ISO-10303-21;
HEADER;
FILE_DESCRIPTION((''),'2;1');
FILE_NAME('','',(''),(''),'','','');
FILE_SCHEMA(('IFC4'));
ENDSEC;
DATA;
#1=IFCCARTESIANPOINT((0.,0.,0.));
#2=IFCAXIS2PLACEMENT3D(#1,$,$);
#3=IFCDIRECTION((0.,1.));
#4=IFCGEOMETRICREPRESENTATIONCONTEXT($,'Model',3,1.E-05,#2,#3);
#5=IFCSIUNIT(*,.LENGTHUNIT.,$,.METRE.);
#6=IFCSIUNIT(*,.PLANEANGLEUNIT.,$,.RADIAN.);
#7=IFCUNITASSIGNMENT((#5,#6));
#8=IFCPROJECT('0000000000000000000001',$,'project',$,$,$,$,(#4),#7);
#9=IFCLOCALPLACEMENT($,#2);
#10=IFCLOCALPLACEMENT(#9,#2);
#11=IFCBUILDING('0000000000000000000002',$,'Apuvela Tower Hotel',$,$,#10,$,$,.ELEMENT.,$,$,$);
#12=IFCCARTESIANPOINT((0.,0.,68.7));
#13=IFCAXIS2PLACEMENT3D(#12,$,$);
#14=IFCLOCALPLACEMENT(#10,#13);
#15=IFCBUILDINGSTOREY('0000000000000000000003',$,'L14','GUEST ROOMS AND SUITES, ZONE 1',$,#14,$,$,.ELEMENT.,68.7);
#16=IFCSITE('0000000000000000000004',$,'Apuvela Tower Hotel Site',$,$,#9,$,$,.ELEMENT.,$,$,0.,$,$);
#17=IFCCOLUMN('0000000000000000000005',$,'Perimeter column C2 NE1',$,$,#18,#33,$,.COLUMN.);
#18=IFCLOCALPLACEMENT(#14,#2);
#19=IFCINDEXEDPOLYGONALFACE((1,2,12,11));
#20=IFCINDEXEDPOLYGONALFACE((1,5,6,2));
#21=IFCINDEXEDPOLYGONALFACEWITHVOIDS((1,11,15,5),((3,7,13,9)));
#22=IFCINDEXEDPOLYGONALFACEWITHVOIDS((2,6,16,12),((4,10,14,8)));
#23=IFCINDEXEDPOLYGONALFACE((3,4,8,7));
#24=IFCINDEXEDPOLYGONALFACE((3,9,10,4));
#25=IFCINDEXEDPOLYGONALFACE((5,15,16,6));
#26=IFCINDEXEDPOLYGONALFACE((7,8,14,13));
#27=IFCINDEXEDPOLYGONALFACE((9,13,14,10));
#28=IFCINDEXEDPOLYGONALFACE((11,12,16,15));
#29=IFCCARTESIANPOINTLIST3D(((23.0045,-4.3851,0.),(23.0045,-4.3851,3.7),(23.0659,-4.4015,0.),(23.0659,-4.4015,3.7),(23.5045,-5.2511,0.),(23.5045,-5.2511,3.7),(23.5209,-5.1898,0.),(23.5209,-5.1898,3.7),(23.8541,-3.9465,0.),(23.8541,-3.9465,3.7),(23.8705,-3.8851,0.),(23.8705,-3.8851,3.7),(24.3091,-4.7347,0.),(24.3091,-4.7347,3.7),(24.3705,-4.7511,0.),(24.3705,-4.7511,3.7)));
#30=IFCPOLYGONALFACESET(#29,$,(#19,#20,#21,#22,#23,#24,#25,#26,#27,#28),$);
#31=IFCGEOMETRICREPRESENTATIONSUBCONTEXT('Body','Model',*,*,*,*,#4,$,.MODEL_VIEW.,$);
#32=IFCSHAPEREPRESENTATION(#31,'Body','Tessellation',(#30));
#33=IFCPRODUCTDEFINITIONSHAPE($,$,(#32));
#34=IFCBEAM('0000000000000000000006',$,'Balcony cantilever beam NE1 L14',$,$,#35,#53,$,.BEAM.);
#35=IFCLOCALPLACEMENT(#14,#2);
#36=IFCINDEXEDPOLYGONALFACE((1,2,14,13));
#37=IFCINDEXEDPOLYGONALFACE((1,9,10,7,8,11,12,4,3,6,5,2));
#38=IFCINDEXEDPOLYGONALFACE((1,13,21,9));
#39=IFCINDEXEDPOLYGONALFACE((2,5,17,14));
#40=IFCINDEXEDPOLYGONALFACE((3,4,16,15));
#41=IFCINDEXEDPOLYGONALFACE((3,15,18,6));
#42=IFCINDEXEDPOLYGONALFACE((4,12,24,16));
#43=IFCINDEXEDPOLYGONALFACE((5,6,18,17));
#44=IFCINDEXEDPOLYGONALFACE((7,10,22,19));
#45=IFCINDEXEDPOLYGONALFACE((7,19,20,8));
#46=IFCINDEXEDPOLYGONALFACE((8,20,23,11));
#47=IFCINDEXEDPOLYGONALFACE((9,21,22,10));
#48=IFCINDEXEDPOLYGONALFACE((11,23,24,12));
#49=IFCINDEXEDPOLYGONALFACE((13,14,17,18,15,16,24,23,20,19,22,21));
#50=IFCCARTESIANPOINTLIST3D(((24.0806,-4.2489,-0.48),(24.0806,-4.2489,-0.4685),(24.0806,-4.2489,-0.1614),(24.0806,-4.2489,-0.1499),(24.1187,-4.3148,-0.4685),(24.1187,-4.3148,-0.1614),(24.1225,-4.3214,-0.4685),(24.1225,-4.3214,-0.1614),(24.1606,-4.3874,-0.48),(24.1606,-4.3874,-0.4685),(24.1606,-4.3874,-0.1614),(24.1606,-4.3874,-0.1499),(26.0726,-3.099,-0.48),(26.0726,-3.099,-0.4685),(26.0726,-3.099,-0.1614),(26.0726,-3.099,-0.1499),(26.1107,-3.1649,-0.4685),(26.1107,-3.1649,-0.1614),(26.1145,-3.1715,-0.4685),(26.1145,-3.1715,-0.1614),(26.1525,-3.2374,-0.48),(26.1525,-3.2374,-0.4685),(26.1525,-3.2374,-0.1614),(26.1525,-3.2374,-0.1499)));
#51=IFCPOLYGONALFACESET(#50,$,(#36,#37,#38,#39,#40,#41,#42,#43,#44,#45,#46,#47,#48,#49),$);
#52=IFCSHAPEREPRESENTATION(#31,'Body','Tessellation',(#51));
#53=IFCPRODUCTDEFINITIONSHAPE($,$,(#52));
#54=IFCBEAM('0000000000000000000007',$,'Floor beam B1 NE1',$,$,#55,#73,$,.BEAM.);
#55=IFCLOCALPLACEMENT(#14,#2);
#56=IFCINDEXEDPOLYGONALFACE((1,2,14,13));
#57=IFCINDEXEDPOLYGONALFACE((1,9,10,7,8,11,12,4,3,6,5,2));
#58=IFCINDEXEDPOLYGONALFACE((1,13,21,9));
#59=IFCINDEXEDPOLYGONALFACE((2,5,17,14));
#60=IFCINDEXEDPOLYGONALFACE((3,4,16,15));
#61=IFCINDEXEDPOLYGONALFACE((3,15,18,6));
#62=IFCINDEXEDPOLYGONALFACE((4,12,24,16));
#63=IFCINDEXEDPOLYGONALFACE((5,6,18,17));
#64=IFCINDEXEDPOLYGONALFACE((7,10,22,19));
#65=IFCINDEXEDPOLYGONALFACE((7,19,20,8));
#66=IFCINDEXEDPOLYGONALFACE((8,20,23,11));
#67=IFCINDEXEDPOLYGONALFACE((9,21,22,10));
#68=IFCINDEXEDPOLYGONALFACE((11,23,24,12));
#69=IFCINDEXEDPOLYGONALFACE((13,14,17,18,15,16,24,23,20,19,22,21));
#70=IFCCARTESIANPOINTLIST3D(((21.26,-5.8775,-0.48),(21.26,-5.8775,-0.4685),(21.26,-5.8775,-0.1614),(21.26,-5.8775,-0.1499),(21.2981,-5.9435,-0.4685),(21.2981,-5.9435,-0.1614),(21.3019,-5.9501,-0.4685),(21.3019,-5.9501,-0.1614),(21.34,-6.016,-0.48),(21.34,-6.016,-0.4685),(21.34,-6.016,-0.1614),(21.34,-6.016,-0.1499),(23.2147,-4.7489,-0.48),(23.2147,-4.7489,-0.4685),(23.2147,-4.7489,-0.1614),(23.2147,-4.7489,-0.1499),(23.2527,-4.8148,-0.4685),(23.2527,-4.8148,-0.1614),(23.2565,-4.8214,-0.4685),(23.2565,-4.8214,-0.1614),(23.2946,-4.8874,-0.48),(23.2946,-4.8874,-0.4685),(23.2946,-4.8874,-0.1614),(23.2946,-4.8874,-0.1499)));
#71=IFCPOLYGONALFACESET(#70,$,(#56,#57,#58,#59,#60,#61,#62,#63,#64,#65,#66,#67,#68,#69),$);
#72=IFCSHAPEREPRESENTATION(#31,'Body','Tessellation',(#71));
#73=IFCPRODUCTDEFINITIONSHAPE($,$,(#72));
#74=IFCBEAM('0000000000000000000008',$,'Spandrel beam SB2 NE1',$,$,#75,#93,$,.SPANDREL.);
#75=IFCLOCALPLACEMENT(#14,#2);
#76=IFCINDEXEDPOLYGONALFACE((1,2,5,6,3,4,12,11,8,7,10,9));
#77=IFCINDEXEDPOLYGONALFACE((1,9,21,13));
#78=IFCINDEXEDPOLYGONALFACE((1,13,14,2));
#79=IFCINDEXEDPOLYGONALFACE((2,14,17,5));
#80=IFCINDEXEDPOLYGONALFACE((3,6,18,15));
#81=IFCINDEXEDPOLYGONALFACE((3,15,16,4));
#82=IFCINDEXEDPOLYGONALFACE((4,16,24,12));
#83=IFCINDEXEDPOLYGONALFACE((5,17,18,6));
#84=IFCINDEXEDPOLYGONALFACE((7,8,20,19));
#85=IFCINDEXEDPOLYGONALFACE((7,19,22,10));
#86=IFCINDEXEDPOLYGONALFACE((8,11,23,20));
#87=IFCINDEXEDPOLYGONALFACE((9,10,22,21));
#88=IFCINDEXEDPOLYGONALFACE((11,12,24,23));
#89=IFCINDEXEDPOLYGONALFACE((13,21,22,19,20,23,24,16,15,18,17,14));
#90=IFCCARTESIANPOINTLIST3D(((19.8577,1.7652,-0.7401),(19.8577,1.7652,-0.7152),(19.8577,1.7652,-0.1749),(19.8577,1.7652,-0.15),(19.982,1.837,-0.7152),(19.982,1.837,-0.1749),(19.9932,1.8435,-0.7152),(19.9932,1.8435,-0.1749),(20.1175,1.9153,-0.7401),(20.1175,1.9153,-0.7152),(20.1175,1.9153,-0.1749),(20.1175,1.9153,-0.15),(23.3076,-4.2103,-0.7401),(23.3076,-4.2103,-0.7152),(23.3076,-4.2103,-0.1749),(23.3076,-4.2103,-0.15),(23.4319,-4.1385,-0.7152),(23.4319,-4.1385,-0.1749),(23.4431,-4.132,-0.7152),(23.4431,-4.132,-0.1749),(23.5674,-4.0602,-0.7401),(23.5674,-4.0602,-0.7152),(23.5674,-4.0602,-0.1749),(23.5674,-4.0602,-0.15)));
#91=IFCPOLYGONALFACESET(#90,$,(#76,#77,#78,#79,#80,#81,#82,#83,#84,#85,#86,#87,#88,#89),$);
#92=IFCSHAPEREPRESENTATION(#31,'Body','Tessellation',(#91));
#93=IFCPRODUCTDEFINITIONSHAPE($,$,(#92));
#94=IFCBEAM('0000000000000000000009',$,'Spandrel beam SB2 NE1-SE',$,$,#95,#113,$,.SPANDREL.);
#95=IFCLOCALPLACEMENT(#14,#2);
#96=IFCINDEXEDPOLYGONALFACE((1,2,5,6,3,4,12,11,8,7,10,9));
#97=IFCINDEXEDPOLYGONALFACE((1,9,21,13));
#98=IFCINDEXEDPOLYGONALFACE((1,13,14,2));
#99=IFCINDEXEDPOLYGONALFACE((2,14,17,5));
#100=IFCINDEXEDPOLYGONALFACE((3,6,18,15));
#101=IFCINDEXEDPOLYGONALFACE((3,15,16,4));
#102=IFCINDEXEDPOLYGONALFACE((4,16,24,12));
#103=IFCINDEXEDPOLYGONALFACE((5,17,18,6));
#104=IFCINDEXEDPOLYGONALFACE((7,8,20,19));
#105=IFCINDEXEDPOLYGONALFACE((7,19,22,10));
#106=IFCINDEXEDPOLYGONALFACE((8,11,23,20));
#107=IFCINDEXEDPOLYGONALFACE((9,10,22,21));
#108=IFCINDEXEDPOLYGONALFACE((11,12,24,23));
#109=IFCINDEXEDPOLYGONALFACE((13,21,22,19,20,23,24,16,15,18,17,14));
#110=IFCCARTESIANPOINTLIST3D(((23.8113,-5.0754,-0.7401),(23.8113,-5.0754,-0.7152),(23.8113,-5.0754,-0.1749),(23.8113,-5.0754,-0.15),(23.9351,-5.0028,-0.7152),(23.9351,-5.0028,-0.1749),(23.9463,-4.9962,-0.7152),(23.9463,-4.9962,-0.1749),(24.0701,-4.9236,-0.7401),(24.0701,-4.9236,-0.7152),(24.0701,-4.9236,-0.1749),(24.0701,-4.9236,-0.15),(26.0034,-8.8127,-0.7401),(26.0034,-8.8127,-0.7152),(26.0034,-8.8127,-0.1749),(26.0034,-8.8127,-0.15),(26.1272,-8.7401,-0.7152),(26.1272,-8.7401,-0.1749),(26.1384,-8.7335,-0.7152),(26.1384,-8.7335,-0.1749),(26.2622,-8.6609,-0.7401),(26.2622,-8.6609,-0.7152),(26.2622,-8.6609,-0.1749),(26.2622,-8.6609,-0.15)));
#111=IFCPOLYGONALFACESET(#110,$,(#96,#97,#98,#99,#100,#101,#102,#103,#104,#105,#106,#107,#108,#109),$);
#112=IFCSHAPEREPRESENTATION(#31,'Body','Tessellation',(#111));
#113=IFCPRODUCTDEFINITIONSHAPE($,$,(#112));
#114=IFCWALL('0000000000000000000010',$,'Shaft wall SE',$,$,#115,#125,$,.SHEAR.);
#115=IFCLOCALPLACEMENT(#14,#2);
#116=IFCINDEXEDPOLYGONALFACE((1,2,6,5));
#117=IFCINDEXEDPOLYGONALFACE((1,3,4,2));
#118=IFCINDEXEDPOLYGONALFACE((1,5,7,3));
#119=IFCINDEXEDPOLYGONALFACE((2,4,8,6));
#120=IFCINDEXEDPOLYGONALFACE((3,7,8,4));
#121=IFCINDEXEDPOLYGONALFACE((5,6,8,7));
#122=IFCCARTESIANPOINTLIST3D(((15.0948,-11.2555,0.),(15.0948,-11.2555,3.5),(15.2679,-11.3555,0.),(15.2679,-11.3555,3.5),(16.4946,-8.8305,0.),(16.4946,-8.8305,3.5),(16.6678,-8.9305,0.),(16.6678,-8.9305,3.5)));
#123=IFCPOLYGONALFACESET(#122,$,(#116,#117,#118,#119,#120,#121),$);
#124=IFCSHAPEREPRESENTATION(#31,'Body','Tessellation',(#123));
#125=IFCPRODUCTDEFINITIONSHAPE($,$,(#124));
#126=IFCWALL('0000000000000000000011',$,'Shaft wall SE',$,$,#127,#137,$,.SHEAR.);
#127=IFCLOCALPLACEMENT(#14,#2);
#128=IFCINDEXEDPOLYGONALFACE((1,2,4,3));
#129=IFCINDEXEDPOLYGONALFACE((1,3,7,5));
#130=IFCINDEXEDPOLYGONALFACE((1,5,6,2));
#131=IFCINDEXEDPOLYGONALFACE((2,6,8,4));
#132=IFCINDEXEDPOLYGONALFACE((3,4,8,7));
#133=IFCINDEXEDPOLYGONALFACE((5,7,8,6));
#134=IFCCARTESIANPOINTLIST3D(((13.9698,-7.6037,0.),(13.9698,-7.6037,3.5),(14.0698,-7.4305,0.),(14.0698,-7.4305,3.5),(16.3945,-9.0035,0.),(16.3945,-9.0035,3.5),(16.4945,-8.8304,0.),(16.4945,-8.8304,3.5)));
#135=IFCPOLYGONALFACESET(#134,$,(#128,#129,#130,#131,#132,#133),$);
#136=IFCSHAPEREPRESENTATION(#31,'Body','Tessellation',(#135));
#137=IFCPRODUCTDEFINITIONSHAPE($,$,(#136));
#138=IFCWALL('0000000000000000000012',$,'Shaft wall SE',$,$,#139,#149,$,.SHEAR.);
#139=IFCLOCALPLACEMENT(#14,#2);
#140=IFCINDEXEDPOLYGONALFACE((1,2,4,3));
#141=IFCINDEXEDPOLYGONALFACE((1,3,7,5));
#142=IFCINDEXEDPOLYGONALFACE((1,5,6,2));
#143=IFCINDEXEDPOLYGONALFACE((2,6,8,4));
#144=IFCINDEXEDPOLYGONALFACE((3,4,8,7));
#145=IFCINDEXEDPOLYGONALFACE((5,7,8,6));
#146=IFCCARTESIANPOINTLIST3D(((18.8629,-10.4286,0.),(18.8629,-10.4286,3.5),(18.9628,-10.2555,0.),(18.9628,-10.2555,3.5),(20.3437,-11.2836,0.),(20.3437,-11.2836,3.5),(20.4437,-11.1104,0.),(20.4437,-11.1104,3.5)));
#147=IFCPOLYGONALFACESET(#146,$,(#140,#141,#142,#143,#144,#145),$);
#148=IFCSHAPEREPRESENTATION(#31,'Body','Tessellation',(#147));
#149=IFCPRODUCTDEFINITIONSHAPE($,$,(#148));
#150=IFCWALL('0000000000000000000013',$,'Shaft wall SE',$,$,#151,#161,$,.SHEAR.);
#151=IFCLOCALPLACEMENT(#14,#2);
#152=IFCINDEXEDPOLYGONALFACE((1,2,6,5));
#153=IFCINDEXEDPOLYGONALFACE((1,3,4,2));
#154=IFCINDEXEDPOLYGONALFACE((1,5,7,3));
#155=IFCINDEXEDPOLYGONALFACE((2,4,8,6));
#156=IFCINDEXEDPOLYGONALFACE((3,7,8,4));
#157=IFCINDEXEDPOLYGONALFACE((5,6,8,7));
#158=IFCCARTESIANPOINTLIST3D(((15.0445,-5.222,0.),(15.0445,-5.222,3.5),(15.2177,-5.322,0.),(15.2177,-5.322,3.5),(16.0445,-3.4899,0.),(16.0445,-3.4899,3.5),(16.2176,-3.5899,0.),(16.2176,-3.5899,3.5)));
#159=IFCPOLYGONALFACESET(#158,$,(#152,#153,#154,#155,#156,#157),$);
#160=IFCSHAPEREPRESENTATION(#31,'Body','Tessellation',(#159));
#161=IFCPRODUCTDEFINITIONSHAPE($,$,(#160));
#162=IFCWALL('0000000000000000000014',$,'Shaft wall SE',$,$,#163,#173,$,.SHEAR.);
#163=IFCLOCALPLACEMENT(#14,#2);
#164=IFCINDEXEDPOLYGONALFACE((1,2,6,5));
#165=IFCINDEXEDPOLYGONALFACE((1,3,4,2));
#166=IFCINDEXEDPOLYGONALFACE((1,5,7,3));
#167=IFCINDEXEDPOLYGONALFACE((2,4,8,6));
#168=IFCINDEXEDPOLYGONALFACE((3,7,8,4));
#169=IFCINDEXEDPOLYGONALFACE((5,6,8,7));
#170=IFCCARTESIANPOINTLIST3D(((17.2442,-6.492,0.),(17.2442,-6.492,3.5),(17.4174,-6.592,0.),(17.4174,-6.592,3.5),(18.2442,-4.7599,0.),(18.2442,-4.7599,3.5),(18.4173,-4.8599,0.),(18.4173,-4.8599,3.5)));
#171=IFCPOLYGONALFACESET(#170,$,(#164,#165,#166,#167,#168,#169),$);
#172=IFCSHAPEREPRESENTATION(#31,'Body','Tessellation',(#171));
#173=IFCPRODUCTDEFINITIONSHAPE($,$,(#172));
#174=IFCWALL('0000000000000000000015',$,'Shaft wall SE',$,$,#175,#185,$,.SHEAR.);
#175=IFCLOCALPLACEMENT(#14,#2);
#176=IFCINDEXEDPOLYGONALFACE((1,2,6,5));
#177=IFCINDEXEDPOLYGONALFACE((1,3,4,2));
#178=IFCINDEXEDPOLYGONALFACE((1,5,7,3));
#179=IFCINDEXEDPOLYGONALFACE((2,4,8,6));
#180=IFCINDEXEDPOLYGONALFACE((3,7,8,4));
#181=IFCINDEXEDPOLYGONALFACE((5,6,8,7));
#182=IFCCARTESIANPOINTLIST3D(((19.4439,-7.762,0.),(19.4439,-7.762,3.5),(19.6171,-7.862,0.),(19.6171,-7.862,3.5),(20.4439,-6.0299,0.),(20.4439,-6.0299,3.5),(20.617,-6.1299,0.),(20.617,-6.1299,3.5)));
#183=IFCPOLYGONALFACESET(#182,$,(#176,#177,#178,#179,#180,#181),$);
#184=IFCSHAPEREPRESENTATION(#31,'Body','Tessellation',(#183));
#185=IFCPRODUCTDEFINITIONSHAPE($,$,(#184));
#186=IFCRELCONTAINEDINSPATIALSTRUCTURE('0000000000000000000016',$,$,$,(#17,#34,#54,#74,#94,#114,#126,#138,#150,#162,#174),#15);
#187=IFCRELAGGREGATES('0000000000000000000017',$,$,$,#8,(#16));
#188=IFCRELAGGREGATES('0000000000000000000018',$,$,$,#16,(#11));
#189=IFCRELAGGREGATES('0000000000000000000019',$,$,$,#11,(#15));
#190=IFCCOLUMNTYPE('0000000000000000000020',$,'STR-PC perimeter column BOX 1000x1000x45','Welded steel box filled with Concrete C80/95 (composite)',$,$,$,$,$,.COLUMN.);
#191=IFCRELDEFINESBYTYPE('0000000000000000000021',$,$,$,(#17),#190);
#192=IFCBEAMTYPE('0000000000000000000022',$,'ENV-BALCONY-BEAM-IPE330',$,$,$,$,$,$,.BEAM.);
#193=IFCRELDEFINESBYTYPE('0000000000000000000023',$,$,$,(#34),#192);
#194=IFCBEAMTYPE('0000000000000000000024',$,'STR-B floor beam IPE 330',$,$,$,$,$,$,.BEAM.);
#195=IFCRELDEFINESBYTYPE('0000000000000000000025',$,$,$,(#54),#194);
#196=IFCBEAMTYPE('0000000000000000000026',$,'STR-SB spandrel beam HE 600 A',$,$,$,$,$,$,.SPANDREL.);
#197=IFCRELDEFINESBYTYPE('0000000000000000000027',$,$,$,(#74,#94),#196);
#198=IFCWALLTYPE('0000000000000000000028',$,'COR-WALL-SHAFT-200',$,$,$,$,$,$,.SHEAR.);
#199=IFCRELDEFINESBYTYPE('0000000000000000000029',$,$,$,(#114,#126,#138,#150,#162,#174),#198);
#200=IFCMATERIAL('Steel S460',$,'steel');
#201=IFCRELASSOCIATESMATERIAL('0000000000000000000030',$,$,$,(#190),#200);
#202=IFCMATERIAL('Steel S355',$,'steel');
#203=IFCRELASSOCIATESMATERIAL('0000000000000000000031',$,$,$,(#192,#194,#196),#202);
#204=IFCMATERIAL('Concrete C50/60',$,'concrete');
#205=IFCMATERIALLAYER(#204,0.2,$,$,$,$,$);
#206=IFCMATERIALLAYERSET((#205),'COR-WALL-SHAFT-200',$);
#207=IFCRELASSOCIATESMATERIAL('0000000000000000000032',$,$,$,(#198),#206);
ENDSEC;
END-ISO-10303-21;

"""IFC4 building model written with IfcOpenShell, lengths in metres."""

from ifc_helpers import new_model, si_unit, direction, frame, frame_2d, origin, origin_2d, place, context, subcontext, project, spatial, rectangle, hollow_rectangle, i_section, extrude, material, layer, layer_set, material_profile, profile_set, type_object, element, save


model = new_model("IFC4")

# Units and contexts
model_context = context("Model", 3, precision=1e-05, world=origin(), true_north=direction((0.0, 1.0)))
body_context = subcontext(model_context, "Body", "Model", "MODEL_VIEW")
ifc_project = project(units=[si_unit("LENGTHUNIT", "METRE"), si_unit("PLANEANGLEUNIT", "RADIAN")], contexts=[model_context])

# Site, building, storey
site_placement = place(None, origin())
site = spatial("IfcSite", under=ifc_project, at=site_placement, Name="Apuvela Tower Hotel Site", CompositionType="ELEMENT", RefElevation=0.0)
building_placement = place(site_placement, origin())
building = spatial("IfcBuilding", under=site, at=building_placement, Name="Apuvela Tower Hotel", CompositionType="ELEMENT")
storey_placement = place(building_placement, frame((0.0, 0.0, 68.7)))
storey = spatial("IfcBuildingStorey", under=building, at=storey_placement, Name="L14", Description="GUEST ROOMS AND SUITES, ZONE 1", CompositionType="ELEMENT", Elevation=68.7)

# Column
ifc_material_1 = material(Name="Steel S460", Category="steel")
ifc_material_profile_1 = material_profile(ifc_material_1, hollow_rectangle(XDim=1.0, YDim=1.0, WallThickness=0.0449, at=origin_2d()), Name="BOX 1000x1000x45")
ifc_material_2 = material(Name="Concrete C80/95", Category="concrete")
ifc_material_profile_2 = material_profile(ifc_material_2, rectangle(XDim=0.9099, YDim=0.9099, at=origin_2d()), Name="Concrete C80/95 infill")
ifc_profile_set_1 = profile_set([ifc_material_profile_1, ifc_material_profile_2], Name="Steel S460")
column_type = type_object("IfcColumnType", Name="STR-PC perimeter column BOX 1000x1000x45", Description="Welded steel box filled with Concrete C80/95 (composite)", PredefinedType="COLUMN", material=ifc_profile_set_1)
column_placement = place(storey_placement, frame((23.6875, -4.5681, 0.0), z_axis=(0.0, 0.0, 1.0), x_axis=(-0.5, 0.866025, 0.0)))
element("IfcColumn", 1, at=column_placement, inside=storey, type_object=column_type, Name="Perimeter column C2 NE1", PredefinedType="COLUMN", context=body_context, shape_type="SweptSolid", body=[
    extrude(hollow_rectangle(XDim=1.0, YDim=1.0, WallThickness=0.0449, at=origin_2d()), origin(), (0.0, 0.0, 1.0), 3.7),
])

# Beams
ifc_material_3 = material(Name="Steel S355", Category="steel")
ifc_material_profile_3 = material_profile(ifc_material_3, i_section(OverallWidth=0.1599, OverallDepth=0.3301, WebThickness=0.0076, FlangeThickness=0.0115, at=origin_2d()), Name="IPE 330")
ifc_profile_set_2 = profile_set([ifc_material_profile_3], Name="Steel S355")
beam_type_1 = type_object("IfcBeamType", Name="ENV-BALCONY-BEAM-IPE330", PredefinedType="BEAM", material=ifc_profile_set_2)
beam_1_placement = place(storey_placement, frame((24.1206, -4.3181, -0.3149), z_axis=(0.866053, 0.499952, 0.0), x_axis=(-0.499952, 0.866053, 0.0)))
element("IfcBeam", 2, at=beam_1_placement, inside=storey, type_object=beam_type_1, Name="Balcony cantilever beam NE1 L14", PredefinedType="BEAM", context=body_context, shape_type="SweptSolid", body=[
    extrude(i_section(OverallWidth=0.1599, OverallDepth=0.3301, WebThickness=0.0076, FlangeThickness=0.0115, at=origin_2d()), origin(), (0.0, 0.0, 1.0), 2.3),
])
ifc_material_profile_4 = material_profile(ifc_material_3, i_section(OverallWidth=0.1599, OverallDepth=0.3301, WebThickness=0.0076, FlangeThickness=0.0115, at=origin_2d()), Name="IPE 330")
ifc_profile_set_3 = profile_set([ifc_material_profile_4], Name="Steel S355")
beam_type_2 = type_object("IfcBeamType", Name="STR-B floor beam IPE 330", PredefinedType="BEAM", material=ifc_profile_set_3)
beam_2_placement = place(storey_placement, frame((23.2546, -4.8181, -0.3149), z_axis=(-0.865991, -0.50006, 0.0), x_axis=(0.50006, -0.865991, 0.0)))
element("IfcBeam", 3, at=beam_2_placement, inside=storey, type_object=beam_type_2, Name="Floor beam B1 NE1", PredefinedType="BEAM", context=body_context, shape_type="SweptSolid", body=[
    extrude(i_section(OverallWidth=0.1599, OverallDepth=0.3301, WebThickness=0.0076, FlangeThickness=0.0115, at=origin_2d()), origin(), (0.0, 0.0, 1.0), 2.2571),
])
ifc_material_profile_5 = material_profile(ifc_material_3, i_section(OverallWidth=0.3, OverallDepth=0.5901, WebThickness=0.0129, FlangeThickness=0.0249, at=origin_2d()), Name="HE 600 A")
ifc_profile_set_4 = profile_set([ifc_material_profile_5], Name="Steel S355")
beam_type_3 = type_object("IfcBeamType", Name="STR-SB spandrel beam HE 600 A", PredefinedType="SPANDREL", material=ifc_profile_set_4)
beam_3_placement = place(storey_placement, frame((23.4375, -4.1353, -0.4451), z_axis=(-0.499994, 0.866029, 0.0), x_axis=(-0.866029, -0.499994, 0.0)))
element("IfcBeam", 4, at=beam_3_placement, inside=storey, type_object=beam_type_3, Name="Spandrel beam SB2 NE1", PredefinedType="SPANDREL", context=body_context, shape_type="SweptSolid", body=[
    extrude(i_section(OverallWidth=0.3, OverallDepth=0.5901, WebThickness=0.0129, FlangeThickness=0.0249, at=origin_2d()), origin(), (0.0, 0.0, 1.0), 6.8999),
])
beam_4_placement = place(storey_placement, frame((23.9407, -4.9995, -0.4451), z_axis=(0.505944, -0.862567, 0.0), x_axis=(0.862567, 0.505944, 0.0)))
element("IfcBeam", 5, at=beam_4_placement, inside=storey, type_object=beam_type_3, Name="Spandrel beam SB2 NE1-SE", PredefinedType="SPANDREL", context=body_context, shape_type="SweptSolid", body=[
    extrude(i_section(OverallWidth=0.3, OverallDepth=0.5901, WebThickness=0.0129, FlangeThickness=0.0249, at=origin_2d()), origin(), (0.0, 0.0, 1.0), 4.3328),
])

# Walls
ifc_material_4 = material(Name="Concrete C50/60", Category="concrete")
ifc_layer_1 = layer(ifc_material_4, 0.2)
ifc_layer_set_1 = layer_set([ifc_layer_1], Name="COR-WALL-SHAFT-200")
wall_type_1 = type_object("IfcWallType", Name="COR-WALL-SHAFT-200", PredefinedType="SHEAR", material=ifc_layer_set_1)
wall_1_placement = place(storey_placement, frame((15.1814, -11.3054, 0.0), z_axis=(0.0, 0.0, 1.0), x_axis=(0.499946, 0.866056, 0.0)))
element("IfcWall", 6, at=wall_1_placement, inside=storey, type_object=wall_type_1, Name="Shaft wall SE", PredefinedType="SHEAR", context=body_context, shape_type="SweptSolid", body=[
    extrude(rectangle(XDim=2.8, YDim=0.2, at=frame_2d((1.3999, 0.0))), origin(), (0.0, 0.0, 1.0), 3.5),
])
wall_2_placement = place(storey_placement, frame((14.0198, -7.5171, 0.0), z_axis=(0.0, 0.0, 1.0), x_axis=(0.866035, -0.499984, 0.0)))
element("IfcWall", 7, at=wall_2_placement, inside=storey, type_object=wall_type_1, Name="Shaft wall SE", PredefinedType="SHEAR", context=body_context, shape_type="SweptSolid", body=[
    extrude(rectangle(XDim=2.7998, YDim=0.2, at=frame_2d((1.3999, 0.0))), origin(), (0.0, 0.0, 1.0), 3.5),
])
wall_3_placement = place(storey_placement, frame((18.9128, -10.342, 0.0), z_axis=(0.0, 0.0, 1.0), x_axis=(0.866038, -0.499978, 0.0)))
element("IfcWall", 8, at=wall_3_placement, inside=storey, type_object=wall_type_1, Name="Shaft wall SE", PredefinedType="SHEAR", context=body_context, shape_type="SweptSolid", body=[
    extrude(rectangle(XDim=1.71, YDim=0.2, at=frame_2d((0.855, 0.0))), origin(), (0.0, 0.0, 1.0), 3.5),
])
for number, where, z_axis, x_axis, name in (
    (9, (15.1311, -5.272, 0.0), (0.0, 0.0, 1.0), (0.499973, 0.866041, 0.0), "Shaft wall SE"),
    (10, (17.3308, -6.542, 0.0), (0.0, 0.0, 1.0), (0.499973, 0.866041, 0.0), "Shaft wall SE"),
    (11, (19.5305, -7.812, 0.0), (0.0, 0.0, 1.0), (0.499973, 0.866041, 0.0), "Shaft wall SE"),
):
    element("IfcWall", number, at=place(storey_placement, frame(where, z_axis=z_axis, x_axis=x_axis)), inside=storey, type_object=wall_type_1, Name=name, PredefinedType="SHEAR", context=body_context, shape_type="SweptSolid", body=[
        extrude(rectangle(XDim=2.0, YDim=0.2, at=frame_2d((1.0, 0.0))), origin(), (0.0, 0.0, 1.0), 3.5),
    ])

save(model, "model.ifc")
